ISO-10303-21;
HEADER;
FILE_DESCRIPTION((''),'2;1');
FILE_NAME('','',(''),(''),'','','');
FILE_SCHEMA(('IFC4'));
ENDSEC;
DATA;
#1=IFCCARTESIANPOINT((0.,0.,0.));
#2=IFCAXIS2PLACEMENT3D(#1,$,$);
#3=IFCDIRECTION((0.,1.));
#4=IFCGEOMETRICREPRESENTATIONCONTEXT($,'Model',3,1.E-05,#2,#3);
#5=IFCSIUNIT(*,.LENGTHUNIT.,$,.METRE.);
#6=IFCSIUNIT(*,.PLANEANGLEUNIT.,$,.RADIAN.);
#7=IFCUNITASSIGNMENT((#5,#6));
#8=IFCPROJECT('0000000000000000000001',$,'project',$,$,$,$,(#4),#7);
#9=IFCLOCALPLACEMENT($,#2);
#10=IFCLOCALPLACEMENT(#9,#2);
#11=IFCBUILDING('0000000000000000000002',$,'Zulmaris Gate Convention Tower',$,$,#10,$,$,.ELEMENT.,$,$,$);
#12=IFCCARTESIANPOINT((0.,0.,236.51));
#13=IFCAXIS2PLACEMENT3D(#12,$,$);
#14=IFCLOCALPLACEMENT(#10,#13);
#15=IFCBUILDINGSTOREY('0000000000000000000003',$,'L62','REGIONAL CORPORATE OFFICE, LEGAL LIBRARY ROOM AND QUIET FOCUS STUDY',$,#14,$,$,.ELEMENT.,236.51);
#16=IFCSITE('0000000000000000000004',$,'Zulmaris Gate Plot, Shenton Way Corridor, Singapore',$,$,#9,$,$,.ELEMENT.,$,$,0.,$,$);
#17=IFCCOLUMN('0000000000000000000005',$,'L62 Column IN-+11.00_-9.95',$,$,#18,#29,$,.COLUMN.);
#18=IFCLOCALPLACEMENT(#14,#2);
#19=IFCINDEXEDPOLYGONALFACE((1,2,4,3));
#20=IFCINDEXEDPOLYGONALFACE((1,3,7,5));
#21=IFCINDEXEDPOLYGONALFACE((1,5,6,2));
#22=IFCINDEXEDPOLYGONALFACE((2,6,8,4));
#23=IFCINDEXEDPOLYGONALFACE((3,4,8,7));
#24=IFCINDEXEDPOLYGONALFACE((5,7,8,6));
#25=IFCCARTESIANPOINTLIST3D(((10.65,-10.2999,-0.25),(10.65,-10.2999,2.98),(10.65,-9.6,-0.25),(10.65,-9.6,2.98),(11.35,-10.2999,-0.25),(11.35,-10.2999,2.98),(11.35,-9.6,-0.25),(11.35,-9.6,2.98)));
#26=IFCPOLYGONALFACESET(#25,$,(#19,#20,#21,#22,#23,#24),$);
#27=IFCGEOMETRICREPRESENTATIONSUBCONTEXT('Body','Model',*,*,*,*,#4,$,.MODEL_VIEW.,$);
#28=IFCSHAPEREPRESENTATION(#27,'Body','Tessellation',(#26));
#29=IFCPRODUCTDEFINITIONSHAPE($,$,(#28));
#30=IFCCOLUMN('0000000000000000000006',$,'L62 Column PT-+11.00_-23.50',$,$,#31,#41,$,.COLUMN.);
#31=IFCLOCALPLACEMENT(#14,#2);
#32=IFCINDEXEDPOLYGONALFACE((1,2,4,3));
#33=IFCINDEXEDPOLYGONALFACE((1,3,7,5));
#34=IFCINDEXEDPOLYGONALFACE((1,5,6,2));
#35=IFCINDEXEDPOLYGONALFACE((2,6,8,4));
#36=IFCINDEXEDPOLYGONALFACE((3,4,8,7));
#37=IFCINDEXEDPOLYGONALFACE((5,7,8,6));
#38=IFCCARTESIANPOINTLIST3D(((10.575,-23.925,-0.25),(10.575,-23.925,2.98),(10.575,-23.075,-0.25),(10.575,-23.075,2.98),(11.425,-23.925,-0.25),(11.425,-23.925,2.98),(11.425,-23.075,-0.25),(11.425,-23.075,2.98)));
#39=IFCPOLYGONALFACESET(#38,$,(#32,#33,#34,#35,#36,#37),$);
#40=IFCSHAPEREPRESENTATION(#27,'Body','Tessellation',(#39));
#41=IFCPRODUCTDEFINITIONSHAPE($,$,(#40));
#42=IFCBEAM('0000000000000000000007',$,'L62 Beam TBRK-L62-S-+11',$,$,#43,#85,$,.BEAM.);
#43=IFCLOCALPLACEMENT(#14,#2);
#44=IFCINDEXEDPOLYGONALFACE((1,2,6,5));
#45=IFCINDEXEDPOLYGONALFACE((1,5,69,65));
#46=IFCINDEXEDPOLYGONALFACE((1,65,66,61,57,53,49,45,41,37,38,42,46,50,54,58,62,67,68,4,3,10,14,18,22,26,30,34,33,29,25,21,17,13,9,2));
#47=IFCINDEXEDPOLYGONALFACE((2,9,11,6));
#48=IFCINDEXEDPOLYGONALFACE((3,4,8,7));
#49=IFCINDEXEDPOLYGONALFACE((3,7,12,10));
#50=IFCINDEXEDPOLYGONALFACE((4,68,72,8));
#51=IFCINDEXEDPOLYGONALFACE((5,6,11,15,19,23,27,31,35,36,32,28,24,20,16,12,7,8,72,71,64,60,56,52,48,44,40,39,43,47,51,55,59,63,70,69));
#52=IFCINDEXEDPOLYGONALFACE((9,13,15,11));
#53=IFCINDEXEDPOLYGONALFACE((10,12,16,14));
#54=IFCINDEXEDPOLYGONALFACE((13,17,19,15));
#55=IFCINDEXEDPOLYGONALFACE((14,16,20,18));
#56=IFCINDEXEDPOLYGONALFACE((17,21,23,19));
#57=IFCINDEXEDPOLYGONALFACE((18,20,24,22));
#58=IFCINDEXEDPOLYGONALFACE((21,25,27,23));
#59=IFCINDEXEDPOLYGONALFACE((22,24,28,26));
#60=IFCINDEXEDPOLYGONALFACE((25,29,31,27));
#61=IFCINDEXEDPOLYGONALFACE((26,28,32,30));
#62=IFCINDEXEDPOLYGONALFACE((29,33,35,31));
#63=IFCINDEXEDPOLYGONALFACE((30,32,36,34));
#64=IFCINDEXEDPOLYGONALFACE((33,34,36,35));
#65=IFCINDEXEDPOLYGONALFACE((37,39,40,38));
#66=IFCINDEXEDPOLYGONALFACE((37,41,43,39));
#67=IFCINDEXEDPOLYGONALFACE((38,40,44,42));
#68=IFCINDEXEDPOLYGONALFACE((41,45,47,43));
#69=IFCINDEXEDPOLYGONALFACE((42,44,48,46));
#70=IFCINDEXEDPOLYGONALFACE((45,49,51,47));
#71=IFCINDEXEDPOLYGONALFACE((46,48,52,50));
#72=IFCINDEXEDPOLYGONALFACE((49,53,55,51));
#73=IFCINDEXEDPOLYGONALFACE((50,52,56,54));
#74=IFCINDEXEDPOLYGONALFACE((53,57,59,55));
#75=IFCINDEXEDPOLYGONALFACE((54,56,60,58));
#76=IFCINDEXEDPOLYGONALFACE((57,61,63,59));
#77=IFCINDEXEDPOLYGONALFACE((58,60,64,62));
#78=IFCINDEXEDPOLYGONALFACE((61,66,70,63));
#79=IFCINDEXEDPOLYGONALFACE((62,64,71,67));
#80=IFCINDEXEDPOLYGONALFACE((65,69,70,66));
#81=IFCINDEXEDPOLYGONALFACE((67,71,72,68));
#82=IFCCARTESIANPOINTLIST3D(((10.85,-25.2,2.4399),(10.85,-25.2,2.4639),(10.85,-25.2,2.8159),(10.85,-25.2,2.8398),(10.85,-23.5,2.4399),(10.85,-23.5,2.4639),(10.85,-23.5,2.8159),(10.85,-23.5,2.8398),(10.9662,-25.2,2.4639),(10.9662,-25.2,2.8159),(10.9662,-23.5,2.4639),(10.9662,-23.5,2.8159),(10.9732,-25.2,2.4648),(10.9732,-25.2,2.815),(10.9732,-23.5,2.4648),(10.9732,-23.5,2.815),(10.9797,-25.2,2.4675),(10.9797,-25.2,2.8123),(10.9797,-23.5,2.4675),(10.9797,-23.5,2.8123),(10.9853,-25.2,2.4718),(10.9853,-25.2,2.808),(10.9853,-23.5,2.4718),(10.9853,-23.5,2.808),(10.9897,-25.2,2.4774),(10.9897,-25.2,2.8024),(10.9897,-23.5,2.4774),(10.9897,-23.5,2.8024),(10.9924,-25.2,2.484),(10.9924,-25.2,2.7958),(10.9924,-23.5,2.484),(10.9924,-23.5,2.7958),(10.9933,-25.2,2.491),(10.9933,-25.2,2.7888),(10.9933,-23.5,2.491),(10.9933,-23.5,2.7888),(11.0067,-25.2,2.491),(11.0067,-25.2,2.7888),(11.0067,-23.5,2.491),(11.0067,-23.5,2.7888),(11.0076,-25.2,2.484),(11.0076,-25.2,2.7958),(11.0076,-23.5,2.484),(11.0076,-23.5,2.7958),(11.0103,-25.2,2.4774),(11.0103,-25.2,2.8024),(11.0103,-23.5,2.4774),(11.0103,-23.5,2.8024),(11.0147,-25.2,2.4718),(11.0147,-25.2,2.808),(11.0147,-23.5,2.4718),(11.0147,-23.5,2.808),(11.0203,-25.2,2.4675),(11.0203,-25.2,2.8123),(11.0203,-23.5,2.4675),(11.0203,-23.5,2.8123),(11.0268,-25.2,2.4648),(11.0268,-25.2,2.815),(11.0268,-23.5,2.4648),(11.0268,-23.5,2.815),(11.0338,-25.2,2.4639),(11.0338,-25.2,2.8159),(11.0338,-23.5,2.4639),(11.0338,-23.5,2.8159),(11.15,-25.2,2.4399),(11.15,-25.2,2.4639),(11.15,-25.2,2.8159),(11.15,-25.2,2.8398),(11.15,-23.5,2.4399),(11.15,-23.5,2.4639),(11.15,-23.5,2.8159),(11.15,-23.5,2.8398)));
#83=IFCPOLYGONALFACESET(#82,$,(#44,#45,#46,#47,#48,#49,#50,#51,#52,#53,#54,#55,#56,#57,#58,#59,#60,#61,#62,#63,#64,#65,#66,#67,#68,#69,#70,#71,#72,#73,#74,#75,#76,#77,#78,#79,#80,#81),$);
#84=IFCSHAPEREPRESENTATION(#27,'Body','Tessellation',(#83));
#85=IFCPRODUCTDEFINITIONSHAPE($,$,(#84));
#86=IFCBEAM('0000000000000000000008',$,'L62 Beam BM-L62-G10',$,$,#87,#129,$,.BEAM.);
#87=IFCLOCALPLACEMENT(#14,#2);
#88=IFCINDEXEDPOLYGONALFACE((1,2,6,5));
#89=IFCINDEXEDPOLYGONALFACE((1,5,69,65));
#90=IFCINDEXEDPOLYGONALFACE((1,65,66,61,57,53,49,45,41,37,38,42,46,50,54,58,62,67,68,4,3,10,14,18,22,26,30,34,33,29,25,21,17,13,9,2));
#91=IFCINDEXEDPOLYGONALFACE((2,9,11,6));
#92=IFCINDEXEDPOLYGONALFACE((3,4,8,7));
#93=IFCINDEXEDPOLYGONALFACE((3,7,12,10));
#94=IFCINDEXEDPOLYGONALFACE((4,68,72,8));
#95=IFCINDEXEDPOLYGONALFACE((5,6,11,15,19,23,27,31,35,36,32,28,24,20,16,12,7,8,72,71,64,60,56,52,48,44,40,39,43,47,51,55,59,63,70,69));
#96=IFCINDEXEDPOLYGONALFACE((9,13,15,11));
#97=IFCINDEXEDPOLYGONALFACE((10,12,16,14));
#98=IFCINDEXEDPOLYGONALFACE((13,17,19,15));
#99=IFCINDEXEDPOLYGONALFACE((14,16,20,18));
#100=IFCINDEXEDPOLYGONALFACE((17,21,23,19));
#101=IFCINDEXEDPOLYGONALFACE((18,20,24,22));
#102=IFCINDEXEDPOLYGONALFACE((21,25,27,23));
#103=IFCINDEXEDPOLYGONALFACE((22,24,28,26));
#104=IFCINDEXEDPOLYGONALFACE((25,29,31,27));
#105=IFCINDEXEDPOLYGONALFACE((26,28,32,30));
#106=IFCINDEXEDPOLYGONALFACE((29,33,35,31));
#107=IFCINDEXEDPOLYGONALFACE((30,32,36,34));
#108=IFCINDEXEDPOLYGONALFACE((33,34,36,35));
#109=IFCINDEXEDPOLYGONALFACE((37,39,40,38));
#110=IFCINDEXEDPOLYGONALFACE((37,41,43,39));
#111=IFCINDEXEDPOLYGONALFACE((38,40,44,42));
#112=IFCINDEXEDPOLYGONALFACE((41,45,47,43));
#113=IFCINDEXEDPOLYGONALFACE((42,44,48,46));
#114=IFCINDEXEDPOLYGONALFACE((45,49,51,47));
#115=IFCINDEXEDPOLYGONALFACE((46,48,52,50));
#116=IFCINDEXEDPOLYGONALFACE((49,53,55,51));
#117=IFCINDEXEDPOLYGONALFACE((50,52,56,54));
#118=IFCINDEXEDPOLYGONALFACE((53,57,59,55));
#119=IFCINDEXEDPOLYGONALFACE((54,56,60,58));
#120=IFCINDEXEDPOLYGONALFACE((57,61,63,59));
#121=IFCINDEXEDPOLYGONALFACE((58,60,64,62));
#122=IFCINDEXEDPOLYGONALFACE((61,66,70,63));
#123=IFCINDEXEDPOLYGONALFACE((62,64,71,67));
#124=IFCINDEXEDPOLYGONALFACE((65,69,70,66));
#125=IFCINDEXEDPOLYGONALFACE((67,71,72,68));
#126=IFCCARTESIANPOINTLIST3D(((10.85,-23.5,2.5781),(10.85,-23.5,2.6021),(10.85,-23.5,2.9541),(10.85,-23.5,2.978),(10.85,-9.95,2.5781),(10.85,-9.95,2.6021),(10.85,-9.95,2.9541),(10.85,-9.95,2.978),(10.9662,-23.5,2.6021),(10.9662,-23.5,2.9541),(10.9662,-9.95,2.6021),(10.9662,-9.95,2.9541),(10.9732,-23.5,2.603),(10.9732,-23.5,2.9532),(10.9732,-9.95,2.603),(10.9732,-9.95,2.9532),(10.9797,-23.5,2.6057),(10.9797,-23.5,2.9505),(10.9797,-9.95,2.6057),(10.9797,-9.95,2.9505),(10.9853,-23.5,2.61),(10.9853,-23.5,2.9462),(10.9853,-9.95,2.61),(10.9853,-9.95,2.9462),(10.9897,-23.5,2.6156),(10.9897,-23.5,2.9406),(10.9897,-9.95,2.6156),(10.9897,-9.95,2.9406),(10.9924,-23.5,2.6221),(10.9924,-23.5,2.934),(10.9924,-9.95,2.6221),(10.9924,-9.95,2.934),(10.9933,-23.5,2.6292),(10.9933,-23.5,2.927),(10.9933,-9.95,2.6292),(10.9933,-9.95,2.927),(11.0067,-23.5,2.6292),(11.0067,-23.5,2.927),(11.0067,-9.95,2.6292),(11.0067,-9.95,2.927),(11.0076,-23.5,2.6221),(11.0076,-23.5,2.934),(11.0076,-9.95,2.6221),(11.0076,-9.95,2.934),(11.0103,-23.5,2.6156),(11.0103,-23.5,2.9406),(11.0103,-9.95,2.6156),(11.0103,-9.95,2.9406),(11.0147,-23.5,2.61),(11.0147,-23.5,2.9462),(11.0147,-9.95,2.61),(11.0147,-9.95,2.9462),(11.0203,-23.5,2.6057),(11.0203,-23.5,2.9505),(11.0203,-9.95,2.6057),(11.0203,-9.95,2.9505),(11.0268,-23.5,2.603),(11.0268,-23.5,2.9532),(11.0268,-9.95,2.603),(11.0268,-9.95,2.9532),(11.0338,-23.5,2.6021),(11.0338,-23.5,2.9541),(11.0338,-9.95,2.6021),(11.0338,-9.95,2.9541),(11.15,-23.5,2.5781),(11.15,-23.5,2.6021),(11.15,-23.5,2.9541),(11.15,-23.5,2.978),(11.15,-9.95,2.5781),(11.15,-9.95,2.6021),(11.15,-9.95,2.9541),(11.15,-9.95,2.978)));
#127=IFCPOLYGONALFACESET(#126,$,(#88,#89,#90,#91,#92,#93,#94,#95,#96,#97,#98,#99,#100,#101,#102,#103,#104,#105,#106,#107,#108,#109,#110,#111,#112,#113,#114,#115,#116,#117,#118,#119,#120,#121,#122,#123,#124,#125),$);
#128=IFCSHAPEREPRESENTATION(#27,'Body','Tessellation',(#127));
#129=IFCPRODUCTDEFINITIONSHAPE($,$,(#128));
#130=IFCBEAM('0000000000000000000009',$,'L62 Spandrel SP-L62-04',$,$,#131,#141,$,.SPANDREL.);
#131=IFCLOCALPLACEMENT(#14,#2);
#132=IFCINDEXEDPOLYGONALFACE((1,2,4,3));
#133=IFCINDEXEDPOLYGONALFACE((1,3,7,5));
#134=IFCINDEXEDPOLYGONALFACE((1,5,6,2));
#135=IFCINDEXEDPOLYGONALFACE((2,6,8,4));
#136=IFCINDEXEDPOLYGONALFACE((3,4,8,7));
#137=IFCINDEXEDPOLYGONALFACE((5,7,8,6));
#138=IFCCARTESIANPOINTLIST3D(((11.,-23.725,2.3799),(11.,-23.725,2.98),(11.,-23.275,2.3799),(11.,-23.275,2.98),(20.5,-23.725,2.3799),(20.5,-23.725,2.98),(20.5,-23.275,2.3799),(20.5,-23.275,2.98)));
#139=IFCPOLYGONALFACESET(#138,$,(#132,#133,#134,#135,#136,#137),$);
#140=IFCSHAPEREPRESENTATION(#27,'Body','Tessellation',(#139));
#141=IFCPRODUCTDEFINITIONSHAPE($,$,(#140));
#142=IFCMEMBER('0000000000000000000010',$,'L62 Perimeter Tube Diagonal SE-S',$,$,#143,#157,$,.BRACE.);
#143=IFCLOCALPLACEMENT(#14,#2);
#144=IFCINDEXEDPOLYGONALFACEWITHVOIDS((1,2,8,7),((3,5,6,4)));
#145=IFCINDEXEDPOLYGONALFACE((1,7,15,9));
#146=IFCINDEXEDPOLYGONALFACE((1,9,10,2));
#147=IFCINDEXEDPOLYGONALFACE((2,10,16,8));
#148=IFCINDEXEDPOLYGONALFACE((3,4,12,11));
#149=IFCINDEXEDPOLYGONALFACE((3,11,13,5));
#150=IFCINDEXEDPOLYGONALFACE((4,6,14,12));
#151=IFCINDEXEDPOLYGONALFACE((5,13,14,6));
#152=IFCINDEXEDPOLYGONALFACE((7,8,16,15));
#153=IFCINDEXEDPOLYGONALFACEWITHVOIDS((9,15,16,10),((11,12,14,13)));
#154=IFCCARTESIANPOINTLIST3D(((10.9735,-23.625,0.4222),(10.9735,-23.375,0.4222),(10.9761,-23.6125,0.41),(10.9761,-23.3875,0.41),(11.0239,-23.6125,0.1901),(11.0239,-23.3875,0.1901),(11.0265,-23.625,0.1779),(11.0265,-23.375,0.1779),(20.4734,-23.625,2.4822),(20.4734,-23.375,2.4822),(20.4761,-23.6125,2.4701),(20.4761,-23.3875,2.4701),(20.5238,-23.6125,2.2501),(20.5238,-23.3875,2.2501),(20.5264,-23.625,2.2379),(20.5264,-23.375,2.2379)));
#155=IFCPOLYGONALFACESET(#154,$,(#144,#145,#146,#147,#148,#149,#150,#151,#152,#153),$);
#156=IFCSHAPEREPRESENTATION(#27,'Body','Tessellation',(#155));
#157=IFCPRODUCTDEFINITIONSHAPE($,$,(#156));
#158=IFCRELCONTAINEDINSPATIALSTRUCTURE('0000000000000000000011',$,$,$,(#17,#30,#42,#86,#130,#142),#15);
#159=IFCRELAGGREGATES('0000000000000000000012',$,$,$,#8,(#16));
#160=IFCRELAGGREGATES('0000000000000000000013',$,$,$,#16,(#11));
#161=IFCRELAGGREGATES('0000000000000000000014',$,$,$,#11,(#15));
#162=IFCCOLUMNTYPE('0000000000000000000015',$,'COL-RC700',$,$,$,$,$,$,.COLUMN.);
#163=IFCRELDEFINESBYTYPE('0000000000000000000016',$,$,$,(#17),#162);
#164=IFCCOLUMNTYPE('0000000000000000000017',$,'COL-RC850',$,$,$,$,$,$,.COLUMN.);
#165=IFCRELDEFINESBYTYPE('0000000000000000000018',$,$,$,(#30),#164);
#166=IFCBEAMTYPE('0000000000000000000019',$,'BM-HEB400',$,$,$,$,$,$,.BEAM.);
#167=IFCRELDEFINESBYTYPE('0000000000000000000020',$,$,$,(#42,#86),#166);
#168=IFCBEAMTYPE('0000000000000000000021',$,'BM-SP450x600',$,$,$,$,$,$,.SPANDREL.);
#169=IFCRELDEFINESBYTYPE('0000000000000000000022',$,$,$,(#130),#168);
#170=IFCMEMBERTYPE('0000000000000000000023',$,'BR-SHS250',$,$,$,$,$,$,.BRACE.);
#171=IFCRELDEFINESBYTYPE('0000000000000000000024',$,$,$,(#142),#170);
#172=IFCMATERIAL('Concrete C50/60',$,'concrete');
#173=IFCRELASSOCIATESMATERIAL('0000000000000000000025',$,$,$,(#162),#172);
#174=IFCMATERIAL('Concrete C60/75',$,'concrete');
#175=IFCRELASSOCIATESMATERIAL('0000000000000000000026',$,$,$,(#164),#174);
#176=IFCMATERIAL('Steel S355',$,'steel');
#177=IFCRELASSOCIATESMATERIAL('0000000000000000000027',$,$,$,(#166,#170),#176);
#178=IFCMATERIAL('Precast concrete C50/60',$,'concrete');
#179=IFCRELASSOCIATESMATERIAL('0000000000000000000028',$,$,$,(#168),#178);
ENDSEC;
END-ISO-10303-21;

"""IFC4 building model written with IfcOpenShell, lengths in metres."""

from ifc_helpers import new_model, si_unit, direction, frame, origin, origin_2d, place, context, subcontext, project, spatial, rectangle, hollow_rectangle, i_section, extrude, material, material_profile, profile_set, type_object, element, save


model = new_model("IFC4")

# Units and contexts
model_context = context("Model", 3, precision=1e-05, world=origin(), true_north=direction((0.0, 1.0)))
body_context = subcontext(model_context, "Body", "Model", "MODEL_VIEW")
ifc_project = project(units=[si_unit("LENGTHUNIT", "METRE"), si_unit("PLANEANGLEUNIT", "RADIAN")], contexts=[model_context])

# Site, building, storey
site_placement = place(None, origin())
site = spatial("IfcSite", under=ifc_project, at=site_placement, Name="Zulmaris Gate Plot, Shenton Way Corridor, Singapore", CompositionType="ELEMENT", RefElevation=0.0)
building_placement = place(site_placement, origin())
building = spatial("IfcBuilding", under=site, at=building_placement, Name="Zulmaris Gate Convention Tower", CompositionType="ELEMENT")
storey_placement = place(building_placement, frame((0.0, 0.0, 236.51)))
storey = spatial("IfcBuildingStorey", under=building, at=storey_placement, Name="L62", Description="REGIONAL CORPORATE OFFICE, LEGAL LIBRARY ROOM AND QUIET FOCUS STUDY", CompositionType="ELEMENT", Elevation=236.51)

# Columns
ifc_material_1 = material(Name="Concrete C50/60", Category="concrete")
ifc_material_profile_1 = material_profile(ifc_material_1, rectangle(XDim=0.7, YDim=0.7, at=origin_2d()), Name="RC COL 700x700")
ifc_profile_set_1 = profile_set([ifc_material_profile_1], Name="Concrete C50/60")
column_type_1 = type_object("IfcColumnType", Name="COL-RC700", PredefinedType="COLUMN", material=ifc_profile_set_1)
column_1_placement = place(storey_placement, frame((11.0, -9.95, -0.25), z_axis=(0.0, 0.0, 1.0), x_axis=(1.0, 0.0, 0.0)))
element("IfcColumn", 1, at=column_1_placement, inside=storey, type_object=column_type_1, Name="L62 Column IN-+11.00_-9.95", PredefinedType="COLUMN", context=body_context, shape_type="SweptSolid", body=[
    extrude(rectangle(XDim=0.7, YDim=0.7, at=origin_2d()), origin(), (0.0, 0.0, 1.0), 3.23),
])
ifc_material_2 = material(Name="Concrete C60/75", Category="concrete")
ifc_material_profile_2 = material_profile(ifc_material_2, rectangle(XDim=0.8501, YDim=0.8501, at=origin_2d()), Name="RC COL 850x850")
ifc_profile_set_2 = profile_set([ifc_material_profile_2], Name="Concrete C60/75")
column_type_2 = type_object("IfcColumnType", Name="COL-RC850", PredefinedType="COLUMN", material=ifc_profile_set_2)
column_2_placement = place(storey_placement, frame((11.0, -23.5, -0.25), z_axis=(0.0, 0.0, 1.0), x_axis=(1.0, 0.0, 0.0)))
element("IfcColumn", 2, at=column_2_placement, inside=storey, type_object=column_type_2, Name="L62 Column PT-+11.00_-23.50", PredefinedType="COLUMN", context=body_context, shape_type="SweptSolid", body=[
    extrude(rectangle(XDim=0.8501, YDim=0.8501, at=origin_2d()), origin(), (0.0, 0.0, 1.0), 3.23),
])

# Beams
ifc_material_3 = material(Name="Steel S355", Category="steel")
ifc_material_profile_3 = material_profile(ifc_material_3, i_section(OverallWidth=0.3, OverallDepth=0.3999, WebThickness=0.0134, FlangeThickness=0.0239, FilletRadius=0.0271, at=origin_2d()), Name="HEB 400")
ifc_profile_set_3 = profile_set([ifc_material_profile_3], Name="Steel S355")
beam_type_1 = type_object("IfcBeamType", Name="BM-HEB400", PredefinedType="BEAM", material=ifc_profile_set_3)
beam_1_placement = place(storey_placement, frame((11.0, -25.2, 2.6399), z_axis=(0.0, 1.0, 0.0), x_axis=(-1.0, 0.0, 0.0)))
element("IfcBeam", 3, at=beam_1_placement, inside=storey, type_object=beam_type_1, Name="L62 Beam TBRK-L62-S-+11", PredefinedType="BEAM", context=body_context, shape_type="SweptSolid", body=[
    extrude(i_section(OverallWidth=0.3, OverallDepth=0.3999, WebThickness=0.0134, FlangeThickness=0.0239, FilletRadius=0.0271, at=origin_2d()), origin(), (0.0, 0.0, 1.0), 1.7),
])
beam_2_placement = place(storey_placement, frame((11.0, -23.5, 2.7781), z_axis=(0.0, 1.0, 0.0), x_axis=(-1.0, 0.0, 0.0)))
element("IfcBeam", 4, at=beam_2_placement, inside=storey, type_object=beam_type_1, Name="L62 Beam BM-L62-G10", PredefinedType="BEAM", context=body_context, shape_type="SweptSolid", body=[
    extrude(i_section(OverallWidth=0.3, OverallDepth=0.3999, WebThickness=0.0134, FlangeThickness=0.0239, FilletRadius=0.0271, at=origin_2d()), origin(), (0.0, 0.0, 1.0), 13.55),
])
ifc_material_4 = material(Name="Precast concrete C50/60", Category="concrete")
ifc_material_profile_4 = material_profile(ifc_material_4, rectangle(XDim=0.45, YDim=0.6001, at=origin_2d()), Name="RC SPANDREL 450x600")
ifc_profile_set_4 = profile_set([ifc_material_profile_4], Name="Precast concrete C50/60")
beam_type_2 = type_object("IfcBeamType", Name="BM-SP450x600", PredefinedType="SPANDREL", material=ifc_profile_set_4)
beam_3_placement = place(storey_placement, frame((11.0, -23.5, 2.6799), z_axis=(1.0, 0.0, 0.0), x_axis=(0.0, 1.0, 0.0)))
element("IfcBeam", 5, at=beam_3_placement, inside=storey, type_object=beam_type_2, Name="L62 Spandrel SP-L62-04", PredefinedType="SPANDREL", context=body_context, shape_type="SweptSolid", body=[
    extrude(rectangle(XDim=0.45, YDim=0.6001, at=origin_2d()), origin(), (0.0, 0.0, 1.0), 9.5),
])

# Member
ifc_material_profile_5 = material_profile(ifc_material_3, hollow_rectangle(XDim=0.25, YDim=0.25, WallThickness=0.0125, at=origin_2d()), Name="SHS 250x250x12.5")
ifc_profile_set_5 = profile_set([ifc_material_profile_5], Name="Steel S355")
member_type = type_object("IfcMemberType", Name="BR-SHS250", PredefinedType="BRACE", material=ifc_profile_set_5)
member_placement = place(storey_placement, frame((11.0, -23.5, 0.3), z_axis=(0.977286, 0.0, 0.211923), x_axis=(0.0, 1.0, 0.0)))
element("IfcMember", 6, at=member_placement, inside=storey, type_object=member_type, Name="L62 Perimeter Tube Diagonal SE-S", PredefinedType="BRACE", context=body_context, shape_type="SweptSolid", body=[
    extrude(hollow_rectangle(XDim=0.25, YDim=0.25, WallThickness=0.0125, at=origin_2d()), origin(), (0.0, 0.0, 1.0), 9.7207),
])

save(model, "model.ifc")
